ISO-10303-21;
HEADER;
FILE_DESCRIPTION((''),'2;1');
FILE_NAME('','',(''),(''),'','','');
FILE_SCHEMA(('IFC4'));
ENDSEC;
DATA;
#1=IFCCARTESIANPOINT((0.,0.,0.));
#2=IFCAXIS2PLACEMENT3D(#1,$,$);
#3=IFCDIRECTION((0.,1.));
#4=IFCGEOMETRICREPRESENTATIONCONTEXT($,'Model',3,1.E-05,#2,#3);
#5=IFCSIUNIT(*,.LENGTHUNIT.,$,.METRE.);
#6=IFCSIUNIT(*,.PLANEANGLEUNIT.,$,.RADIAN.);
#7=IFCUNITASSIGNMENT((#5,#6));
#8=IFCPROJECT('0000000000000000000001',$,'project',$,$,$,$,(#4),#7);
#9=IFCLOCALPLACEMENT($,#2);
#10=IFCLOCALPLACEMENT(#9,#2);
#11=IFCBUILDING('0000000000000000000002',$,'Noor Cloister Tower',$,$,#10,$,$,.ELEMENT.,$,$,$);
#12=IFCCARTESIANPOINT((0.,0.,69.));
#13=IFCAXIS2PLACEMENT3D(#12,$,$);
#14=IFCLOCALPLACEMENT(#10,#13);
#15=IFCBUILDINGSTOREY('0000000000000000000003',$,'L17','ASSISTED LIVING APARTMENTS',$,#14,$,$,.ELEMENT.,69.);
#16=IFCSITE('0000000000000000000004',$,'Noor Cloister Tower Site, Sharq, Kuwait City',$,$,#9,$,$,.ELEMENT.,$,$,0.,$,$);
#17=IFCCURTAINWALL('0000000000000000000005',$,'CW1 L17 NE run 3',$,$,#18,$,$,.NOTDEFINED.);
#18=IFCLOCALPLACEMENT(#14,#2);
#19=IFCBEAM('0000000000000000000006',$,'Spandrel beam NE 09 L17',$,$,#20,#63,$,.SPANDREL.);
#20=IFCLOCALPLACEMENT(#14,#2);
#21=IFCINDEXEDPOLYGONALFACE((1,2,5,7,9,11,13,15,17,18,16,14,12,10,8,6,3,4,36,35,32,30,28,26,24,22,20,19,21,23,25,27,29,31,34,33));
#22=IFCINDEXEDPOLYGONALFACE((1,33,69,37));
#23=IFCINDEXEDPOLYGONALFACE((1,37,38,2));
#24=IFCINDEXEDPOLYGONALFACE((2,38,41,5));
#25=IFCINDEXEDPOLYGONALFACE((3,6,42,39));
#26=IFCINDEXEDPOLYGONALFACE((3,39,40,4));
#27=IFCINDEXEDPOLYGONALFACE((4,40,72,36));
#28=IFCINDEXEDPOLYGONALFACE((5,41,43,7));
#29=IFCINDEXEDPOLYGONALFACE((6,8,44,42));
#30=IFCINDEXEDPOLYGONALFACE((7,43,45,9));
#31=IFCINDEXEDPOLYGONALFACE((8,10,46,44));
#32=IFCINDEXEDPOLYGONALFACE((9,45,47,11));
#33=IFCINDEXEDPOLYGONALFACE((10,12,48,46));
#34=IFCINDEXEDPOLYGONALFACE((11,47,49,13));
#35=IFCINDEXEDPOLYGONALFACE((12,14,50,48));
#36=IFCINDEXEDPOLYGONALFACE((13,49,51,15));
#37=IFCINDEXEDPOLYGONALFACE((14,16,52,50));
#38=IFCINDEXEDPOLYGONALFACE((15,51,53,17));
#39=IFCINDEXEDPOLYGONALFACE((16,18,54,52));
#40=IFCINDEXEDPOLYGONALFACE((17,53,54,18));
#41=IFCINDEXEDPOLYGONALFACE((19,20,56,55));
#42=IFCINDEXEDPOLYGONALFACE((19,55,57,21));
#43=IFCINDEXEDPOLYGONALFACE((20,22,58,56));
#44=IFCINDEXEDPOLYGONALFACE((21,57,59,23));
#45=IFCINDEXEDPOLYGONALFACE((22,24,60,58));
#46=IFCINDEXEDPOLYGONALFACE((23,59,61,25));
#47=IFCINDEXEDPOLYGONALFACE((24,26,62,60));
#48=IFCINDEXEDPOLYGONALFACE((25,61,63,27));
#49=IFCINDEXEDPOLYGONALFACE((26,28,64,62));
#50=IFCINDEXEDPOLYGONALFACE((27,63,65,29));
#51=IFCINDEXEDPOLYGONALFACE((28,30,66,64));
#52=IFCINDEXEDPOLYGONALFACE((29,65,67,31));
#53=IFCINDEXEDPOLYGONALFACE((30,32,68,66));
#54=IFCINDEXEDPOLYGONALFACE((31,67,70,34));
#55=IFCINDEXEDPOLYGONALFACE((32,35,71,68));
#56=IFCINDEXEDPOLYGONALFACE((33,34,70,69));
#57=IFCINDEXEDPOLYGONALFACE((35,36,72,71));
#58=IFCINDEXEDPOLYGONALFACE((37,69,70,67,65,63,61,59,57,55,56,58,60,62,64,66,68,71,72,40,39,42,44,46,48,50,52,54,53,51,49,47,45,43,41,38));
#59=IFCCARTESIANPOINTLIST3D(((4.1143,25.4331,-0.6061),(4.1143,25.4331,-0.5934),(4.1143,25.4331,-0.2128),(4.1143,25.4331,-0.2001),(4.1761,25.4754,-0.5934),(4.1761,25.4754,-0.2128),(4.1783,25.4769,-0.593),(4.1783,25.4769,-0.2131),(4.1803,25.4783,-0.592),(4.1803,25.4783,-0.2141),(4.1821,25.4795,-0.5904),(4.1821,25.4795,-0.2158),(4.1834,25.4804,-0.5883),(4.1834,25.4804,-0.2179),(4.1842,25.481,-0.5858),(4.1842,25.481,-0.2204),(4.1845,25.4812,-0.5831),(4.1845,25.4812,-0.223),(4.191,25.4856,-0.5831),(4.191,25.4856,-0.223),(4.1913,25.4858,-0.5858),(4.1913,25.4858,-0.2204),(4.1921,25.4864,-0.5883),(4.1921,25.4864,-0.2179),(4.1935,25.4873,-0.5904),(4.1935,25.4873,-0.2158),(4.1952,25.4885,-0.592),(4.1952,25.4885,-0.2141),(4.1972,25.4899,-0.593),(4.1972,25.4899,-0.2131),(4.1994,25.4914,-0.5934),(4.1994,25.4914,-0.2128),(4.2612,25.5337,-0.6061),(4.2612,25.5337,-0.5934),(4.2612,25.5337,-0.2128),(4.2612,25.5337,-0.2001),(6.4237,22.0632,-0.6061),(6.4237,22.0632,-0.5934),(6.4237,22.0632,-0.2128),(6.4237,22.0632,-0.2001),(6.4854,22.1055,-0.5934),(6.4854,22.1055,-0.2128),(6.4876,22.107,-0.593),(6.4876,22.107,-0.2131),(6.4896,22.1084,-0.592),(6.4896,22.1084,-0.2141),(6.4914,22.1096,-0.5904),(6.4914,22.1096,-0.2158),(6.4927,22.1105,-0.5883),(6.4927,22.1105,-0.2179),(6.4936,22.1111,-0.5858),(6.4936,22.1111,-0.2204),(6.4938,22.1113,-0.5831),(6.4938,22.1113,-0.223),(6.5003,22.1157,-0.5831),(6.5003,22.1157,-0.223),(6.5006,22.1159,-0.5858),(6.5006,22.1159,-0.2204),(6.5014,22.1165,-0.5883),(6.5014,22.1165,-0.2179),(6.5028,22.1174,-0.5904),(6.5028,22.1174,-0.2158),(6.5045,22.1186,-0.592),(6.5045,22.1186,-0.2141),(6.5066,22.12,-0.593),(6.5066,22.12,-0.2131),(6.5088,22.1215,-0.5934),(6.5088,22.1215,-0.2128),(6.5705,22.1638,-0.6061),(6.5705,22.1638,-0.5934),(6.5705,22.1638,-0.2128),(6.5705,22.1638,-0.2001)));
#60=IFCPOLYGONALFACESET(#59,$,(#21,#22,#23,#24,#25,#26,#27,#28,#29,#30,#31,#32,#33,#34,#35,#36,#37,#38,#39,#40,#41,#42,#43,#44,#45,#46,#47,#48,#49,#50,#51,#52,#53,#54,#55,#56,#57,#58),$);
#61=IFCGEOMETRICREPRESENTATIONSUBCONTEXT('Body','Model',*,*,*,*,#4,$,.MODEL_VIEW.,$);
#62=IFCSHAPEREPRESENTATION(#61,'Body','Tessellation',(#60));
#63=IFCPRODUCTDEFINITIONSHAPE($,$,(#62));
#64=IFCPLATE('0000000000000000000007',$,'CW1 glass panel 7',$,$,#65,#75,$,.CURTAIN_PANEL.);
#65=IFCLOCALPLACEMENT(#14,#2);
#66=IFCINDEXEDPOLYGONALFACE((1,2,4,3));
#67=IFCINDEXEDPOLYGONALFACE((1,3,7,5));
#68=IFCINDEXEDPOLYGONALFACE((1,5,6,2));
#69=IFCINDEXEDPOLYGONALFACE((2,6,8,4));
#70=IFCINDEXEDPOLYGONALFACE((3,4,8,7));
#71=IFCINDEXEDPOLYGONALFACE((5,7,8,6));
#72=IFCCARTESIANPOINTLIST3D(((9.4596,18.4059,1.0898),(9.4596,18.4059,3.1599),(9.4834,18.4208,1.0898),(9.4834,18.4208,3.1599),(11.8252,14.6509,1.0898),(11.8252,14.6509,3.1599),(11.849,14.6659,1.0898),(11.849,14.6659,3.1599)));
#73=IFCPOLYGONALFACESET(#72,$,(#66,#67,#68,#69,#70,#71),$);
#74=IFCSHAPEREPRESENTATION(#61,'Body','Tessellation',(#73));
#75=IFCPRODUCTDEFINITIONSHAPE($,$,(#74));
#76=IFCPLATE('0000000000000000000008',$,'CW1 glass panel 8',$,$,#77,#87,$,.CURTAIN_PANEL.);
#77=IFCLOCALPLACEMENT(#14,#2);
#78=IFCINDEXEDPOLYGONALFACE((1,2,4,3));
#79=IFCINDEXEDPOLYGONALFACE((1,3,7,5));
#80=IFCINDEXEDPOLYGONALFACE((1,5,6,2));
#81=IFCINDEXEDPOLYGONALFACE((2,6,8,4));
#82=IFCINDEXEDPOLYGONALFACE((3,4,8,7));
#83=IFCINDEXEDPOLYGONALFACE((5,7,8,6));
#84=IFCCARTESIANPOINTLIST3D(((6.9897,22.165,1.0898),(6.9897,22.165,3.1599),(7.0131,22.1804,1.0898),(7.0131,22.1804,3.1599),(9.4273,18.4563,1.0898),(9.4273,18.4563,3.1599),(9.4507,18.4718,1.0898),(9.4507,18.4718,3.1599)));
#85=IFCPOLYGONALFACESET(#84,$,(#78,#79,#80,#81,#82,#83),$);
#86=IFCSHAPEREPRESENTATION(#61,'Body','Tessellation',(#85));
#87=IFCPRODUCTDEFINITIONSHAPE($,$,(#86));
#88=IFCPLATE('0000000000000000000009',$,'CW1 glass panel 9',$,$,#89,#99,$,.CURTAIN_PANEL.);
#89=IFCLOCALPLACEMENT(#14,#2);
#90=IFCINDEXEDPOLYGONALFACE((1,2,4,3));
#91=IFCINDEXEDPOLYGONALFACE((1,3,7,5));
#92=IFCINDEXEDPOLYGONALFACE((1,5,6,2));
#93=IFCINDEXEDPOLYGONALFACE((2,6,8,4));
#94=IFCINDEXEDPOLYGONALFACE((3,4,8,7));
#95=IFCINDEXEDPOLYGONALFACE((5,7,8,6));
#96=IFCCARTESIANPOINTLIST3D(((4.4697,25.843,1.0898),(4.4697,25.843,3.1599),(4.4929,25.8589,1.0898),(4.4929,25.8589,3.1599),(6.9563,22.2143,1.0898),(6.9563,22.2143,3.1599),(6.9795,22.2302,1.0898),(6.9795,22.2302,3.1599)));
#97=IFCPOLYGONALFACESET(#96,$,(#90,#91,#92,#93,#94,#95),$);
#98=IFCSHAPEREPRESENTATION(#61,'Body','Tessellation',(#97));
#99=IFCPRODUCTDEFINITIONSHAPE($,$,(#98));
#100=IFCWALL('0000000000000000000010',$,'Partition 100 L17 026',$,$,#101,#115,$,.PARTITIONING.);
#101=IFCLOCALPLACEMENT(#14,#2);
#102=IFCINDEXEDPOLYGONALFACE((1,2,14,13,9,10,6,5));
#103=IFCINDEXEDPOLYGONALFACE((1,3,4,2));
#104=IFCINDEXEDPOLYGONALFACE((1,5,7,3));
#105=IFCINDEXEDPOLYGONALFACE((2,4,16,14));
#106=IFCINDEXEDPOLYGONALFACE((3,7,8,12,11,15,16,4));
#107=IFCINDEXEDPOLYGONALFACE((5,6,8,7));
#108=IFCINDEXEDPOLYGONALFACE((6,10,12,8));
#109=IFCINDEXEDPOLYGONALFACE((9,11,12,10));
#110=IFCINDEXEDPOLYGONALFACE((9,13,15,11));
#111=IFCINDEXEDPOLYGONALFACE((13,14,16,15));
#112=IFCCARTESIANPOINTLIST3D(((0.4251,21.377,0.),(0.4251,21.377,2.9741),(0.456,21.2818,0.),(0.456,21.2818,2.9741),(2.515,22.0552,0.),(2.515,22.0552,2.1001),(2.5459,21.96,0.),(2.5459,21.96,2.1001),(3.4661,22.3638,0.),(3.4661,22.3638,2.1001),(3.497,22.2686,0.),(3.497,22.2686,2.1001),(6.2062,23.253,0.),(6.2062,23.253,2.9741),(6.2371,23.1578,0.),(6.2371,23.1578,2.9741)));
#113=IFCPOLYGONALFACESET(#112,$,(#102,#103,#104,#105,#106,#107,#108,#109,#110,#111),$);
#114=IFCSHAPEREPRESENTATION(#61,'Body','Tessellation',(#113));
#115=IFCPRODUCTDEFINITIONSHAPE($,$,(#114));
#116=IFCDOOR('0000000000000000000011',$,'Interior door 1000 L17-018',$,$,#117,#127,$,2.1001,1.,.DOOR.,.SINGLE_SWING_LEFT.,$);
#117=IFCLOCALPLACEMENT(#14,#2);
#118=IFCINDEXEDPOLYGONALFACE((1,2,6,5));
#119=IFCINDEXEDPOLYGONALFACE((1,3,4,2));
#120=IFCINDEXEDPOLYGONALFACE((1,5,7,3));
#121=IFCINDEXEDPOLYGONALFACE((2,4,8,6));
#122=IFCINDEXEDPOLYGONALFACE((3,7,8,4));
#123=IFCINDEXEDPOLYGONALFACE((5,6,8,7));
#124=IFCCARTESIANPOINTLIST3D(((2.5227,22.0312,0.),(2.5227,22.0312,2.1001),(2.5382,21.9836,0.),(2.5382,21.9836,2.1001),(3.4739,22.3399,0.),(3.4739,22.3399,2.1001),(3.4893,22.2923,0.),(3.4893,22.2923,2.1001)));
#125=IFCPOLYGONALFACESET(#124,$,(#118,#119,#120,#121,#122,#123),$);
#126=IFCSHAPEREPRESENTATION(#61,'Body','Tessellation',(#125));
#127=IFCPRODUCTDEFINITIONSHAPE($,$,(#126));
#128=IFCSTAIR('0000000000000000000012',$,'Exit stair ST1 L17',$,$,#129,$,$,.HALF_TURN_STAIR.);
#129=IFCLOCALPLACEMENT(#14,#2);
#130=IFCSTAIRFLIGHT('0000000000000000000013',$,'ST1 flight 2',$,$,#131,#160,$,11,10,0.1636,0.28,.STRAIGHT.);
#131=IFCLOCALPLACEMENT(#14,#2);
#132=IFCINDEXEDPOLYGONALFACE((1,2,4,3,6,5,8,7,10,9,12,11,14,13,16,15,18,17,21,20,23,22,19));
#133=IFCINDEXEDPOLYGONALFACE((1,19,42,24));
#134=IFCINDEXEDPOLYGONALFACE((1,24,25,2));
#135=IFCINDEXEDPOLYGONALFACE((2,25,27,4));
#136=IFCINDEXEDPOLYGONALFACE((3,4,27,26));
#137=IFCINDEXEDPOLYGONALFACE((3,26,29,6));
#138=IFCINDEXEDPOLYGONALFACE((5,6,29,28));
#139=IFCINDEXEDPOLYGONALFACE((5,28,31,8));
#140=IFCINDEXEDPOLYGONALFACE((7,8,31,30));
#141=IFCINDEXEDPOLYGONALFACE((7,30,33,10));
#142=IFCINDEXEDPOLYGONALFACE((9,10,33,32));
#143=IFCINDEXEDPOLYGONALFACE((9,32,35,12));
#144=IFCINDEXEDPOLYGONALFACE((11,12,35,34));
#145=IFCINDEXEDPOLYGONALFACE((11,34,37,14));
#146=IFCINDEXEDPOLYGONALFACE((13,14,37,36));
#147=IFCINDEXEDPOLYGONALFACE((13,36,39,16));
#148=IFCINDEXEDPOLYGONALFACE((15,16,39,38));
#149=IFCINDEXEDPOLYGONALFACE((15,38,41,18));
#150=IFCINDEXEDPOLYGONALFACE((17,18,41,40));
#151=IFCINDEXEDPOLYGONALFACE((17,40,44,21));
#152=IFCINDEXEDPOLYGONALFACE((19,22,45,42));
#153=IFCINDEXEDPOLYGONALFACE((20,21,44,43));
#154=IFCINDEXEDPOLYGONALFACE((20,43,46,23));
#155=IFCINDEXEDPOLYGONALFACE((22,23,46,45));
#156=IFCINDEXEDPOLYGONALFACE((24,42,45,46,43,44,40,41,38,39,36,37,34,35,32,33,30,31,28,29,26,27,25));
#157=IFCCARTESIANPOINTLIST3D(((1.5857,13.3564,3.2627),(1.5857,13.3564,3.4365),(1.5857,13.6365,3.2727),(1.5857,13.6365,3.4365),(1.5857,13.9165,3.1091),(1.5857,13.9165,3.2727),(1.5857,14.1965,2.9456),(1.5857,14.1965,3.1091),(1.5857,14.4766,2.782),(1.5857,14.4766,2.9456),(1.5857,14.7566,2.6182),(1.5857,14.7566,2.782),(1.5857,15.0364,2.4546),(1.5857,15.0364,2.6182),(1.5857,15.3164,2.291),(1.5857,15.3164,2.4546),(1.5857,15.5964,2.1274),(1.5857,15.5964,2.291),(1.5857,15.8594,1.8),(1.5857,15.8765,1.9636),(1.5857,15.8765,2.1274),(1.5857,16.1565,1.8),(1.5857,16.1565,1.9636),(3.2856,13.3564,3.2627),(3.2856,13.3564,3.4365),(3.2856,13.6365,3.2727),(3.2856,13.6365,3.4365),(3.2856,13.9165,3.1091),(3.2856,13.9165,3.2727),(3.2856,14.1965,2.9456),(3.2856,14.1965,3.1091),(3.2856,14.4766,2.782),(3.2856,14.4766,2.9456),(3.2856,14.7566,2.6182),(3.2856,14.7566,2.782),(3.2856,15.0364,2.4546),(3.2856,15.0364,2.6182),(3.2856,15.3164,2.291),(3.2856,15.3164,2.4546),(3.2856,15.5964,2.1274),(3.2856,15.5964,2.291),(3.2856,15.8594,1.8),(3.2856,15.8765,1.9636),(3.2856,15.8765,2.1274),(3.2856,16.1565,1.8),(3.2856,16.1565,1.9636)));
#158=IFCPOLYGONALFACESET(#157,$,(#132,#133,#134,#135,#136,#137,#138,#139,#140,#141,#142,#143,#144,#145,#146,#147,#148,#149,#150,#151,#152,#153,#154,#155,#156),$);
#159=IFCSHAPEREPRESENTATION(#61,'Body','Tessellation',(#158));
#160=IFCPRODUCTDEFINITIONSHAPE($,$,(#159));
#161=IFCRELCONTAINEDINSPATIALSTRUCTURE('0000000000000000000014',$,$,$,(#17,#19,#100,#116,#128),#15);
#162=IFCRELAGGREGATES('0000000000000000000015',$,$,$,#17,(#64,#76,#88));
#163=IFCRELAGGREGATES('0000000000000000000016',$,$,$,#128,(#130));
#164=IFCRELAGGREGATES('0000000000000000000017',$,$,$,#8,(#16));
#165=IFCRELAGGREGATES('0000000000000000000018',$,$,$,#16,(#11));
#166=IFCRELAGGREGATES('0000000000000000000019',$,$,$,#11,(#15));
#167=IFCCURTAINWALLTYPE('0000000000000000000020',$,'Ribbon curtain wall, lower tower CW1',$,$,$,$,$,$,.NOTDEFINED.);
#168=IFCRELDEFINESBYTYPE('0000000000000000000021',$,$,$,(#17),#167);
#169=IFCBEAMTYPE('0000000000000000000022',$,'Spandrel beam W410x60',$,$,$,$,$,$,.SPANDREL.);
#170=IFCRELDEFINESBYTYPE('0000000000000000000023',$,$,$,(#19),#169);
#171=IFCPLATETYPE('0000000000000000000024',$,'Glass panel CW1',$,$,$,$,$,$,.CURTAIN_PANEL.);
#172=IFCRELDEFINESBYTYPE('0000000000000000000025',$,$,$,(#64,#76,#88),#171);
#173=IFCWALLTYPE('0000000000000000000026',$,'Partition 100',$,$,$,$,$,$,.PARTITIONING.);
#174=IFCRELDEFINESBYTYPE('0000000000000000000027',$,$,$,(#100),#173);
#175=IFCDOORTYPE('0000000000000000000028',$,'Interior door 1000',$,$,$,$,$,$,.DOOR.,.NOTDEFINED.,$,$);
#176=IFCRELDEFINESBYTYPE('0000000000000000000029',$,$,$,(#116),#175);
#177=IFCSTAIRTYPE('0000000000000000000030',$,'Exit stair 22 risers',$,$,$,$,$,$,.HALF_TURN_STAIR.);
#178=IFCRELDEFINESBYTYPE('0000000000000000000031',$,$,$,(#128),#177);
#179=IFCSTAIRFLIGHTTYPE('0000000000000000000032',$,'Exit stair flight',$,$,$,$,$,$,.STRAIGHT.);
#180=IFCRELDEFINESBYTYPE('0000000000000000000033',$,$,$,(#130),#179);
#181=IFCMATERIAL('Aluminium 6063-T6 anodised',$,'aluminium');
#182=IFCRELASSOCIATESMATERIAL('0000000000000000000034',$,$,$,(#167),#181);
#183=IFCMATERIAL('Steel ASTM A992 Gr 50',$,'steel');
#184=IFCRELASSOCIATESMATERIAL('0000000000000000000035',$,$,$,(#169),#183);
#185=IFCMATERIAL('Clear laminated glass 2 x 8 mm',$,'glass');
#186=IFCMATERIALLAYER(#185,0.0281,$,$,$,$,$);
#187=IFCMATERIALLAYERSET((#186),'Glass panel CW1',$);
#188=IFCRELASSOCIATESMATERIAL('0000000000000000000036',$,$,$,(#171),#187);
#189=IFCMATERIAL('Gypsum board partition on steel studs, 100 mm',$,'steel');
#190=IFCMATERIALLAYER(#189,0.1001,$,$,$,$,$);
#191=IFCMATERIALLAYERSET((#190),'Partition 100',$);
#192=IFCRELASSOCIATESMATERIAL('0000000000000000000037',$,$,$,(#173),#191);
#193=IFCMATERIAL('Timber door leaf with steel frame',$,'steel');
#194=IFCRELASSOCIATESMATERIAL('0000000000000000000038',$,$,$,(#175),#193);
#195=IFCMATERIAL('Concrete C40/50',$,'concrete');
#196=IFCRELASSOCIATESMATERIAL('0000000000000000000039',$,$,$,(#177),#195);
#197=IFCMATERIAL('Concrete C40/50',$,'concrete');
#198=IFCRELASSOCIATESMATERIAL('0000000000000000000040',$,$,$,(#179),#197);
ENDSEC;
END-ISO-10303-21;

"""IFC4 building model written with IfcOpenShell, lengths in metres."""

from ifc_helpers import new_model, si_unit, direction, frame, frame_2d, origin, origin_2d, place, context, subcontext, project, spatial, polyline, rectangle, i_section, outline, extrude, material, layer, layer_set, material_profile, profile_set, type_object, element, fill, aggregate, save


model = new_model("IFC4")

# Units and contexts
model_context = context("Model", 3, precision=1e-05, world=origin(), true_north=direction((0.0, 1.0)))
body_context = subcontext(model_context, "Body", "Model", "MODEL_VIEW")
ifc_project = project(units=[si_unit("LENGTHUNIT", "METRE"), si_unit("PLANEANGLEUNIT", "RADIAN")], contexts=[model_context])

# Site, building, storey
site_placement = place(None, origin())
site = spatial("IfcSite", under=ifc_project, at=site_placement, Name="Noor Cloister Tower Site, Sharq, Kuwait City", CompositionType="ELEMENT", RefElevation=0.0)
building_placement = place(site_placement, origin())
building = spatial("IfcBuilding", under=site, at=building_placement, Name="Noor Cloister Tower", CompositionType="ELEMENT")
storey_placement = place(building_placement, frame((0.0, 0.0, 69.0)))
storey = spatial("IfcBuildingStorey", under=building, at=storey_placement, Name="L17", Description="ASSISTED LIVING APARTMENTS", CompositionType="ELEMENT", Elevation=69.0)

# Curtain wall
ifc_material_1 = material(Name="Aluminium 6063-T6 anodised", Category="aluminium")
curtain_wall_type = type_object("IfcCurtainWallType", Name="Ribbon curtain wall, lower tower CW1", PredefinedType="NOTDEFINED", material=ifc_material_1)
curtain_wall_placement = place(storey_placement, origin())
curtain_wall = element("IfcCurtainWall", 1, at=curtain_wall_placement, inside=storey, type_object=curtain_wall_type, Name="CW1 L17 NE run 3", PredefinedType="NOTDEFINED")

# Beam
ifc_material_2 = material(Name="Steel ASTM A992 Gr 50", Category="steel")
ifc_material_profile_1 = material_profile(ifc_material_2, i_section(OverallWidth=0.178, OverallDepth=0.406, WebThickness=0.0078, FlangeThickness=0.0127, FilletRadius=0.0103, at=origin_2d()), Name="W410x60")
ifc_profile_set_1 = profile_set([ifc_material_profile_1], Name="Steel ASTM A992 Gr 50")
beam_type_1 = type_object("IfcBeamType", Name="Spandrel beam W410x60", PredefinedType="SPANDREL", material=ifc_profile_set_1)
for number, where, z_axis, x_axis, name in (
    (2, (6.4971, 22.1135, -0.4031), (-0.565288, 0.824894, 0.0), (-0.824894, -0.565288, 0.0), "Spandrel beam NE 09 L17"),
):
    element("IfcBeam", number, at=place(storey_placement, frame(where, z_axis=z_axis, x_axis=x_axis)), inside=storey, type_object=beam_type_1, Name=name, PredefinedType="SPANDREL", context=body_context, shape_type="SweptSolid", body=[
        extrude(i_section(OverallWidth=0.178, OverallDepth=0.406, WebThickness=0.0078, FlangeThickness=0.0127, FilletRadius=0.0103, at=origin_2d()), origin(), (0.0, 0.0, 1.0), 4.0852),
    ])

# Plates
ifc_material_3 = material(Name="Clear laminated glass 2 x 8 mm", Category="glass")
ifc_layer_1 = layer(ifc_material_3, 0.0281)
ifc_layer_set_1 = layer_set([ifc_layer_1], Name="Glass panel CW1")
plate_type = type_object("IfcPlateType", Name="Glass panel CW1", PredefinedType="CURTAIN_PANEL", material=ifc_layer_set_1)
plate_1_placement = place(storey_placement, frame((10.6543, 16.5359, 1.0898), z_axis=(0.0, 0.0, 1.0), x_axis=(-0.533035, 0.846093, 0.0)))
plate_1 = element("IfcPlate", 3, at=plate_1_placement, type_object=plate_type, Name="CW1 glass panel 7", PredefinedType="CURTAIN_PANEL", context=body_context, shape_type="SweptSolid", body=[
    extrude(rectangle(XDim=4.438, YDim=0.0281, at=origin_2d()), origin(), (0.0, 0.0, 1.0), 2.0701),
])
plate_2_placement = place(storey_placement, frame((8.2202, 20.3184, 1.0898), z_axis=(0.0, 0.0, 1.0), x_axis=(-0.549258, 0.835653, 0.0)))
plate_2 = element("IfcPlate", 4, at=plate_2_placement, type_object=plate_type, Name="CW1 glass panel 8", PredefinedType="CURTAIN_PANEL", context=body_context, shape_type="SweptSolid", body=[
    extrude(rectangle(XDim=4.438, YDim=0.0281, at=origin_2d()), origin(), (0.0, 0.0, 1.0), 2.0701),
])
plate_3_placement = place(storey_placement, frame((5.7246, 24.0366, 1.0898), z_axis=(0.0, 0.0, 1.0), x_axis=(-0.565276, 0.824902, 0.0)))
plate_3 = element("IfcPlate", 5, at=plate_3_placement, type_object=plate_type, Name="CW1 glass panel 9", PredefinedType="CURTAIN_PANEL", context=body_context, shape_type="SweptSolid", body=[
    extrude(rectangle(XDim=4.3989, YDim=0.0281, at=origin_2d()), origin(), (0.0, 0.0, 1.0), 2.0701),
])
aggregate(curtain_wall, [plate_1, plate_2, plate_3])

# Wall, opening, door
ifc_material_4 = material(Name="Gypsum board partition on steel studs, 100 mm", Category="steel")
ifc_layer_2 = layer(ifc_material_4, 0.1001)
ifc_layer_set_2 = layer_set([ifc_layer_2], Name="Partition 100")
wall_type = type_object("IfcWallType", Name="Partition 100", PredefinedType="PARTITIONING", material=ifc_layer_set_2)
wall_placement = place(storey_placement, frame((0.4404, 21.3293, 0.0), z_axis=(0.0, 0.0, 1.0), x_axis=(0.951172, 0.308662, 0.0)))
wall = element("IfcWall", 6, at=wall_placement, inside=storey, type_object=wall_type, Name="Partition 100 L17 026", PredefinedType="PARTITIONING", context=body_context, shape_type="SweptSolid", body=[
    extrude(rectangle(XDim=6.0779, YDim=0.1001, at=frame_2d((3.0391, 0.0))), origin(), (0.0, 0.0, 1.0), 2.9741),
])
opening_placement = place(wall_placement, frame((2.1973, 0.0, 0.0)))
opening = element("IfcOpeningElement", 7, at=opening_placement, cuts=wall, PredefinedType="OPENING", context=body_context, shape_type="SweptSolid", body=[
    extrude(rectangle(XDim=1.0, YDim=2.1001, at=frame_2d((0.5, 1.05))), frame((0.0, 0.0601, 0.0), z_axis=(0.0, -1.0, 0.0), x_axis=(1.0, 0.0, 0.0)), (0.0, 0.0, 1.0), 0.1201),
])
ifc_material_5 = material(Name="Timber door leaf with steel frame", Category="steel")
door_type = type_object("IfcDoorType", Name="Interior door 1000", OperationType="NOTDEFINED", PredefinedType="DOOR", material=ifc_material_5)
door_placement = place(opening_placement, origin())
door = element("IfcDoor", 8, at=door_placement, inside=storey, type_object=door_type, Name="Interior door 1000 L17-018", OperationType="SINGLE_SWING_LEFT", OverallHeight=2.1001, OverallWidth=1.0, PredefinedType="DOOR", context=body_context, shape_type="SweptSolid", body=[
    extrude(rectangle(XDim=1.0, YDim=2.1001, at=frame_2d((0.5, 1.05))), frame((0.0, 0.0249, 0.0), z_axis=(0.0, -1.0, 0.0), x_axis=(1.0, 0.0, 0.0)), (0.0, 0.0, 1.0), 0.05),
])
fill(opening, door)

# Stair, stair flight
ifc_material_6 = material(Name="Concrete C40/50", Category="concrete")
stair_type = type_object("IfcStairType", Name="Exit stair 22 risers", PredefinedType="HALF_TURN_STAIR", material=ifc_material_6)
stair_placement = place(storey_placement, origin())
stair = element("IfcStair", 9, at=stair_placement, inside=storey, type_object=stair_type, Name="Exit stair ST1 L17", PredefinedType="HALF_TURN_STAIR")
ifc_material_7 = material(Name="Concrete C40/50", Category="concrete")
stair_flight_type = type_object("IfcStairFlightType", Name="Exit stair flight", PredefinedType="STRAIGHT", material=ifc_material_7)
stair_flight_placement = place(storey_placement, frame((2.4355, 16.1565, 1.8), z_axis=(0.0, 0.0, 1.0), x_axis=(0.0, -1.0, 0.0)))
stair_flight = element("IfcStairFlight", 10, at=stair_flight_placement, type_object=stair_flight_type, Name="ST1 flight 2", NumberOfRisers=11, NumberOfTreads=10, PredefinedType="STRAIGHT", RiserHeight=0.1636, TreadLength=0.28, context=body_context, shape_type="SweptSolid", body=[
    extrude(outline(polyline([(0.0, 0.0), (0.0, 0.1636), (0.28, 0.1636), (0.28, 0.3274), (0.5601, 0.3274), (0.5601, 0.491), (0.8401, 0.491), (0.8401, 0.6545), (1.1201, 0.6545), (1.1201, 0.8181), (1.3999, 0.8181), (1.3999, 0.9819), (1.6799, 0.9819), (1.6799, 1.1455), (1.96, 1.1455), (1.96, 1.3091), (2.24, 1.3091), (2.24, 1.4727), (2.52, 1.4727), (2.52, 1.6365), (2.8, 1.6365), (2.8, 1.8), (2.8, 1.4626), (0.2971, 0.0), (0.0, 0.0)])), frame((0.0, 0.8501, 0.0), z_axis=(0.0, -1.0, 0.0), x_axis=(1.0, 0.0, 0.0)), (0.0, 0.0, 1.0), 1.7),
])
aggregate(stair, [stair_flight])

save(model, "model.ifc")
